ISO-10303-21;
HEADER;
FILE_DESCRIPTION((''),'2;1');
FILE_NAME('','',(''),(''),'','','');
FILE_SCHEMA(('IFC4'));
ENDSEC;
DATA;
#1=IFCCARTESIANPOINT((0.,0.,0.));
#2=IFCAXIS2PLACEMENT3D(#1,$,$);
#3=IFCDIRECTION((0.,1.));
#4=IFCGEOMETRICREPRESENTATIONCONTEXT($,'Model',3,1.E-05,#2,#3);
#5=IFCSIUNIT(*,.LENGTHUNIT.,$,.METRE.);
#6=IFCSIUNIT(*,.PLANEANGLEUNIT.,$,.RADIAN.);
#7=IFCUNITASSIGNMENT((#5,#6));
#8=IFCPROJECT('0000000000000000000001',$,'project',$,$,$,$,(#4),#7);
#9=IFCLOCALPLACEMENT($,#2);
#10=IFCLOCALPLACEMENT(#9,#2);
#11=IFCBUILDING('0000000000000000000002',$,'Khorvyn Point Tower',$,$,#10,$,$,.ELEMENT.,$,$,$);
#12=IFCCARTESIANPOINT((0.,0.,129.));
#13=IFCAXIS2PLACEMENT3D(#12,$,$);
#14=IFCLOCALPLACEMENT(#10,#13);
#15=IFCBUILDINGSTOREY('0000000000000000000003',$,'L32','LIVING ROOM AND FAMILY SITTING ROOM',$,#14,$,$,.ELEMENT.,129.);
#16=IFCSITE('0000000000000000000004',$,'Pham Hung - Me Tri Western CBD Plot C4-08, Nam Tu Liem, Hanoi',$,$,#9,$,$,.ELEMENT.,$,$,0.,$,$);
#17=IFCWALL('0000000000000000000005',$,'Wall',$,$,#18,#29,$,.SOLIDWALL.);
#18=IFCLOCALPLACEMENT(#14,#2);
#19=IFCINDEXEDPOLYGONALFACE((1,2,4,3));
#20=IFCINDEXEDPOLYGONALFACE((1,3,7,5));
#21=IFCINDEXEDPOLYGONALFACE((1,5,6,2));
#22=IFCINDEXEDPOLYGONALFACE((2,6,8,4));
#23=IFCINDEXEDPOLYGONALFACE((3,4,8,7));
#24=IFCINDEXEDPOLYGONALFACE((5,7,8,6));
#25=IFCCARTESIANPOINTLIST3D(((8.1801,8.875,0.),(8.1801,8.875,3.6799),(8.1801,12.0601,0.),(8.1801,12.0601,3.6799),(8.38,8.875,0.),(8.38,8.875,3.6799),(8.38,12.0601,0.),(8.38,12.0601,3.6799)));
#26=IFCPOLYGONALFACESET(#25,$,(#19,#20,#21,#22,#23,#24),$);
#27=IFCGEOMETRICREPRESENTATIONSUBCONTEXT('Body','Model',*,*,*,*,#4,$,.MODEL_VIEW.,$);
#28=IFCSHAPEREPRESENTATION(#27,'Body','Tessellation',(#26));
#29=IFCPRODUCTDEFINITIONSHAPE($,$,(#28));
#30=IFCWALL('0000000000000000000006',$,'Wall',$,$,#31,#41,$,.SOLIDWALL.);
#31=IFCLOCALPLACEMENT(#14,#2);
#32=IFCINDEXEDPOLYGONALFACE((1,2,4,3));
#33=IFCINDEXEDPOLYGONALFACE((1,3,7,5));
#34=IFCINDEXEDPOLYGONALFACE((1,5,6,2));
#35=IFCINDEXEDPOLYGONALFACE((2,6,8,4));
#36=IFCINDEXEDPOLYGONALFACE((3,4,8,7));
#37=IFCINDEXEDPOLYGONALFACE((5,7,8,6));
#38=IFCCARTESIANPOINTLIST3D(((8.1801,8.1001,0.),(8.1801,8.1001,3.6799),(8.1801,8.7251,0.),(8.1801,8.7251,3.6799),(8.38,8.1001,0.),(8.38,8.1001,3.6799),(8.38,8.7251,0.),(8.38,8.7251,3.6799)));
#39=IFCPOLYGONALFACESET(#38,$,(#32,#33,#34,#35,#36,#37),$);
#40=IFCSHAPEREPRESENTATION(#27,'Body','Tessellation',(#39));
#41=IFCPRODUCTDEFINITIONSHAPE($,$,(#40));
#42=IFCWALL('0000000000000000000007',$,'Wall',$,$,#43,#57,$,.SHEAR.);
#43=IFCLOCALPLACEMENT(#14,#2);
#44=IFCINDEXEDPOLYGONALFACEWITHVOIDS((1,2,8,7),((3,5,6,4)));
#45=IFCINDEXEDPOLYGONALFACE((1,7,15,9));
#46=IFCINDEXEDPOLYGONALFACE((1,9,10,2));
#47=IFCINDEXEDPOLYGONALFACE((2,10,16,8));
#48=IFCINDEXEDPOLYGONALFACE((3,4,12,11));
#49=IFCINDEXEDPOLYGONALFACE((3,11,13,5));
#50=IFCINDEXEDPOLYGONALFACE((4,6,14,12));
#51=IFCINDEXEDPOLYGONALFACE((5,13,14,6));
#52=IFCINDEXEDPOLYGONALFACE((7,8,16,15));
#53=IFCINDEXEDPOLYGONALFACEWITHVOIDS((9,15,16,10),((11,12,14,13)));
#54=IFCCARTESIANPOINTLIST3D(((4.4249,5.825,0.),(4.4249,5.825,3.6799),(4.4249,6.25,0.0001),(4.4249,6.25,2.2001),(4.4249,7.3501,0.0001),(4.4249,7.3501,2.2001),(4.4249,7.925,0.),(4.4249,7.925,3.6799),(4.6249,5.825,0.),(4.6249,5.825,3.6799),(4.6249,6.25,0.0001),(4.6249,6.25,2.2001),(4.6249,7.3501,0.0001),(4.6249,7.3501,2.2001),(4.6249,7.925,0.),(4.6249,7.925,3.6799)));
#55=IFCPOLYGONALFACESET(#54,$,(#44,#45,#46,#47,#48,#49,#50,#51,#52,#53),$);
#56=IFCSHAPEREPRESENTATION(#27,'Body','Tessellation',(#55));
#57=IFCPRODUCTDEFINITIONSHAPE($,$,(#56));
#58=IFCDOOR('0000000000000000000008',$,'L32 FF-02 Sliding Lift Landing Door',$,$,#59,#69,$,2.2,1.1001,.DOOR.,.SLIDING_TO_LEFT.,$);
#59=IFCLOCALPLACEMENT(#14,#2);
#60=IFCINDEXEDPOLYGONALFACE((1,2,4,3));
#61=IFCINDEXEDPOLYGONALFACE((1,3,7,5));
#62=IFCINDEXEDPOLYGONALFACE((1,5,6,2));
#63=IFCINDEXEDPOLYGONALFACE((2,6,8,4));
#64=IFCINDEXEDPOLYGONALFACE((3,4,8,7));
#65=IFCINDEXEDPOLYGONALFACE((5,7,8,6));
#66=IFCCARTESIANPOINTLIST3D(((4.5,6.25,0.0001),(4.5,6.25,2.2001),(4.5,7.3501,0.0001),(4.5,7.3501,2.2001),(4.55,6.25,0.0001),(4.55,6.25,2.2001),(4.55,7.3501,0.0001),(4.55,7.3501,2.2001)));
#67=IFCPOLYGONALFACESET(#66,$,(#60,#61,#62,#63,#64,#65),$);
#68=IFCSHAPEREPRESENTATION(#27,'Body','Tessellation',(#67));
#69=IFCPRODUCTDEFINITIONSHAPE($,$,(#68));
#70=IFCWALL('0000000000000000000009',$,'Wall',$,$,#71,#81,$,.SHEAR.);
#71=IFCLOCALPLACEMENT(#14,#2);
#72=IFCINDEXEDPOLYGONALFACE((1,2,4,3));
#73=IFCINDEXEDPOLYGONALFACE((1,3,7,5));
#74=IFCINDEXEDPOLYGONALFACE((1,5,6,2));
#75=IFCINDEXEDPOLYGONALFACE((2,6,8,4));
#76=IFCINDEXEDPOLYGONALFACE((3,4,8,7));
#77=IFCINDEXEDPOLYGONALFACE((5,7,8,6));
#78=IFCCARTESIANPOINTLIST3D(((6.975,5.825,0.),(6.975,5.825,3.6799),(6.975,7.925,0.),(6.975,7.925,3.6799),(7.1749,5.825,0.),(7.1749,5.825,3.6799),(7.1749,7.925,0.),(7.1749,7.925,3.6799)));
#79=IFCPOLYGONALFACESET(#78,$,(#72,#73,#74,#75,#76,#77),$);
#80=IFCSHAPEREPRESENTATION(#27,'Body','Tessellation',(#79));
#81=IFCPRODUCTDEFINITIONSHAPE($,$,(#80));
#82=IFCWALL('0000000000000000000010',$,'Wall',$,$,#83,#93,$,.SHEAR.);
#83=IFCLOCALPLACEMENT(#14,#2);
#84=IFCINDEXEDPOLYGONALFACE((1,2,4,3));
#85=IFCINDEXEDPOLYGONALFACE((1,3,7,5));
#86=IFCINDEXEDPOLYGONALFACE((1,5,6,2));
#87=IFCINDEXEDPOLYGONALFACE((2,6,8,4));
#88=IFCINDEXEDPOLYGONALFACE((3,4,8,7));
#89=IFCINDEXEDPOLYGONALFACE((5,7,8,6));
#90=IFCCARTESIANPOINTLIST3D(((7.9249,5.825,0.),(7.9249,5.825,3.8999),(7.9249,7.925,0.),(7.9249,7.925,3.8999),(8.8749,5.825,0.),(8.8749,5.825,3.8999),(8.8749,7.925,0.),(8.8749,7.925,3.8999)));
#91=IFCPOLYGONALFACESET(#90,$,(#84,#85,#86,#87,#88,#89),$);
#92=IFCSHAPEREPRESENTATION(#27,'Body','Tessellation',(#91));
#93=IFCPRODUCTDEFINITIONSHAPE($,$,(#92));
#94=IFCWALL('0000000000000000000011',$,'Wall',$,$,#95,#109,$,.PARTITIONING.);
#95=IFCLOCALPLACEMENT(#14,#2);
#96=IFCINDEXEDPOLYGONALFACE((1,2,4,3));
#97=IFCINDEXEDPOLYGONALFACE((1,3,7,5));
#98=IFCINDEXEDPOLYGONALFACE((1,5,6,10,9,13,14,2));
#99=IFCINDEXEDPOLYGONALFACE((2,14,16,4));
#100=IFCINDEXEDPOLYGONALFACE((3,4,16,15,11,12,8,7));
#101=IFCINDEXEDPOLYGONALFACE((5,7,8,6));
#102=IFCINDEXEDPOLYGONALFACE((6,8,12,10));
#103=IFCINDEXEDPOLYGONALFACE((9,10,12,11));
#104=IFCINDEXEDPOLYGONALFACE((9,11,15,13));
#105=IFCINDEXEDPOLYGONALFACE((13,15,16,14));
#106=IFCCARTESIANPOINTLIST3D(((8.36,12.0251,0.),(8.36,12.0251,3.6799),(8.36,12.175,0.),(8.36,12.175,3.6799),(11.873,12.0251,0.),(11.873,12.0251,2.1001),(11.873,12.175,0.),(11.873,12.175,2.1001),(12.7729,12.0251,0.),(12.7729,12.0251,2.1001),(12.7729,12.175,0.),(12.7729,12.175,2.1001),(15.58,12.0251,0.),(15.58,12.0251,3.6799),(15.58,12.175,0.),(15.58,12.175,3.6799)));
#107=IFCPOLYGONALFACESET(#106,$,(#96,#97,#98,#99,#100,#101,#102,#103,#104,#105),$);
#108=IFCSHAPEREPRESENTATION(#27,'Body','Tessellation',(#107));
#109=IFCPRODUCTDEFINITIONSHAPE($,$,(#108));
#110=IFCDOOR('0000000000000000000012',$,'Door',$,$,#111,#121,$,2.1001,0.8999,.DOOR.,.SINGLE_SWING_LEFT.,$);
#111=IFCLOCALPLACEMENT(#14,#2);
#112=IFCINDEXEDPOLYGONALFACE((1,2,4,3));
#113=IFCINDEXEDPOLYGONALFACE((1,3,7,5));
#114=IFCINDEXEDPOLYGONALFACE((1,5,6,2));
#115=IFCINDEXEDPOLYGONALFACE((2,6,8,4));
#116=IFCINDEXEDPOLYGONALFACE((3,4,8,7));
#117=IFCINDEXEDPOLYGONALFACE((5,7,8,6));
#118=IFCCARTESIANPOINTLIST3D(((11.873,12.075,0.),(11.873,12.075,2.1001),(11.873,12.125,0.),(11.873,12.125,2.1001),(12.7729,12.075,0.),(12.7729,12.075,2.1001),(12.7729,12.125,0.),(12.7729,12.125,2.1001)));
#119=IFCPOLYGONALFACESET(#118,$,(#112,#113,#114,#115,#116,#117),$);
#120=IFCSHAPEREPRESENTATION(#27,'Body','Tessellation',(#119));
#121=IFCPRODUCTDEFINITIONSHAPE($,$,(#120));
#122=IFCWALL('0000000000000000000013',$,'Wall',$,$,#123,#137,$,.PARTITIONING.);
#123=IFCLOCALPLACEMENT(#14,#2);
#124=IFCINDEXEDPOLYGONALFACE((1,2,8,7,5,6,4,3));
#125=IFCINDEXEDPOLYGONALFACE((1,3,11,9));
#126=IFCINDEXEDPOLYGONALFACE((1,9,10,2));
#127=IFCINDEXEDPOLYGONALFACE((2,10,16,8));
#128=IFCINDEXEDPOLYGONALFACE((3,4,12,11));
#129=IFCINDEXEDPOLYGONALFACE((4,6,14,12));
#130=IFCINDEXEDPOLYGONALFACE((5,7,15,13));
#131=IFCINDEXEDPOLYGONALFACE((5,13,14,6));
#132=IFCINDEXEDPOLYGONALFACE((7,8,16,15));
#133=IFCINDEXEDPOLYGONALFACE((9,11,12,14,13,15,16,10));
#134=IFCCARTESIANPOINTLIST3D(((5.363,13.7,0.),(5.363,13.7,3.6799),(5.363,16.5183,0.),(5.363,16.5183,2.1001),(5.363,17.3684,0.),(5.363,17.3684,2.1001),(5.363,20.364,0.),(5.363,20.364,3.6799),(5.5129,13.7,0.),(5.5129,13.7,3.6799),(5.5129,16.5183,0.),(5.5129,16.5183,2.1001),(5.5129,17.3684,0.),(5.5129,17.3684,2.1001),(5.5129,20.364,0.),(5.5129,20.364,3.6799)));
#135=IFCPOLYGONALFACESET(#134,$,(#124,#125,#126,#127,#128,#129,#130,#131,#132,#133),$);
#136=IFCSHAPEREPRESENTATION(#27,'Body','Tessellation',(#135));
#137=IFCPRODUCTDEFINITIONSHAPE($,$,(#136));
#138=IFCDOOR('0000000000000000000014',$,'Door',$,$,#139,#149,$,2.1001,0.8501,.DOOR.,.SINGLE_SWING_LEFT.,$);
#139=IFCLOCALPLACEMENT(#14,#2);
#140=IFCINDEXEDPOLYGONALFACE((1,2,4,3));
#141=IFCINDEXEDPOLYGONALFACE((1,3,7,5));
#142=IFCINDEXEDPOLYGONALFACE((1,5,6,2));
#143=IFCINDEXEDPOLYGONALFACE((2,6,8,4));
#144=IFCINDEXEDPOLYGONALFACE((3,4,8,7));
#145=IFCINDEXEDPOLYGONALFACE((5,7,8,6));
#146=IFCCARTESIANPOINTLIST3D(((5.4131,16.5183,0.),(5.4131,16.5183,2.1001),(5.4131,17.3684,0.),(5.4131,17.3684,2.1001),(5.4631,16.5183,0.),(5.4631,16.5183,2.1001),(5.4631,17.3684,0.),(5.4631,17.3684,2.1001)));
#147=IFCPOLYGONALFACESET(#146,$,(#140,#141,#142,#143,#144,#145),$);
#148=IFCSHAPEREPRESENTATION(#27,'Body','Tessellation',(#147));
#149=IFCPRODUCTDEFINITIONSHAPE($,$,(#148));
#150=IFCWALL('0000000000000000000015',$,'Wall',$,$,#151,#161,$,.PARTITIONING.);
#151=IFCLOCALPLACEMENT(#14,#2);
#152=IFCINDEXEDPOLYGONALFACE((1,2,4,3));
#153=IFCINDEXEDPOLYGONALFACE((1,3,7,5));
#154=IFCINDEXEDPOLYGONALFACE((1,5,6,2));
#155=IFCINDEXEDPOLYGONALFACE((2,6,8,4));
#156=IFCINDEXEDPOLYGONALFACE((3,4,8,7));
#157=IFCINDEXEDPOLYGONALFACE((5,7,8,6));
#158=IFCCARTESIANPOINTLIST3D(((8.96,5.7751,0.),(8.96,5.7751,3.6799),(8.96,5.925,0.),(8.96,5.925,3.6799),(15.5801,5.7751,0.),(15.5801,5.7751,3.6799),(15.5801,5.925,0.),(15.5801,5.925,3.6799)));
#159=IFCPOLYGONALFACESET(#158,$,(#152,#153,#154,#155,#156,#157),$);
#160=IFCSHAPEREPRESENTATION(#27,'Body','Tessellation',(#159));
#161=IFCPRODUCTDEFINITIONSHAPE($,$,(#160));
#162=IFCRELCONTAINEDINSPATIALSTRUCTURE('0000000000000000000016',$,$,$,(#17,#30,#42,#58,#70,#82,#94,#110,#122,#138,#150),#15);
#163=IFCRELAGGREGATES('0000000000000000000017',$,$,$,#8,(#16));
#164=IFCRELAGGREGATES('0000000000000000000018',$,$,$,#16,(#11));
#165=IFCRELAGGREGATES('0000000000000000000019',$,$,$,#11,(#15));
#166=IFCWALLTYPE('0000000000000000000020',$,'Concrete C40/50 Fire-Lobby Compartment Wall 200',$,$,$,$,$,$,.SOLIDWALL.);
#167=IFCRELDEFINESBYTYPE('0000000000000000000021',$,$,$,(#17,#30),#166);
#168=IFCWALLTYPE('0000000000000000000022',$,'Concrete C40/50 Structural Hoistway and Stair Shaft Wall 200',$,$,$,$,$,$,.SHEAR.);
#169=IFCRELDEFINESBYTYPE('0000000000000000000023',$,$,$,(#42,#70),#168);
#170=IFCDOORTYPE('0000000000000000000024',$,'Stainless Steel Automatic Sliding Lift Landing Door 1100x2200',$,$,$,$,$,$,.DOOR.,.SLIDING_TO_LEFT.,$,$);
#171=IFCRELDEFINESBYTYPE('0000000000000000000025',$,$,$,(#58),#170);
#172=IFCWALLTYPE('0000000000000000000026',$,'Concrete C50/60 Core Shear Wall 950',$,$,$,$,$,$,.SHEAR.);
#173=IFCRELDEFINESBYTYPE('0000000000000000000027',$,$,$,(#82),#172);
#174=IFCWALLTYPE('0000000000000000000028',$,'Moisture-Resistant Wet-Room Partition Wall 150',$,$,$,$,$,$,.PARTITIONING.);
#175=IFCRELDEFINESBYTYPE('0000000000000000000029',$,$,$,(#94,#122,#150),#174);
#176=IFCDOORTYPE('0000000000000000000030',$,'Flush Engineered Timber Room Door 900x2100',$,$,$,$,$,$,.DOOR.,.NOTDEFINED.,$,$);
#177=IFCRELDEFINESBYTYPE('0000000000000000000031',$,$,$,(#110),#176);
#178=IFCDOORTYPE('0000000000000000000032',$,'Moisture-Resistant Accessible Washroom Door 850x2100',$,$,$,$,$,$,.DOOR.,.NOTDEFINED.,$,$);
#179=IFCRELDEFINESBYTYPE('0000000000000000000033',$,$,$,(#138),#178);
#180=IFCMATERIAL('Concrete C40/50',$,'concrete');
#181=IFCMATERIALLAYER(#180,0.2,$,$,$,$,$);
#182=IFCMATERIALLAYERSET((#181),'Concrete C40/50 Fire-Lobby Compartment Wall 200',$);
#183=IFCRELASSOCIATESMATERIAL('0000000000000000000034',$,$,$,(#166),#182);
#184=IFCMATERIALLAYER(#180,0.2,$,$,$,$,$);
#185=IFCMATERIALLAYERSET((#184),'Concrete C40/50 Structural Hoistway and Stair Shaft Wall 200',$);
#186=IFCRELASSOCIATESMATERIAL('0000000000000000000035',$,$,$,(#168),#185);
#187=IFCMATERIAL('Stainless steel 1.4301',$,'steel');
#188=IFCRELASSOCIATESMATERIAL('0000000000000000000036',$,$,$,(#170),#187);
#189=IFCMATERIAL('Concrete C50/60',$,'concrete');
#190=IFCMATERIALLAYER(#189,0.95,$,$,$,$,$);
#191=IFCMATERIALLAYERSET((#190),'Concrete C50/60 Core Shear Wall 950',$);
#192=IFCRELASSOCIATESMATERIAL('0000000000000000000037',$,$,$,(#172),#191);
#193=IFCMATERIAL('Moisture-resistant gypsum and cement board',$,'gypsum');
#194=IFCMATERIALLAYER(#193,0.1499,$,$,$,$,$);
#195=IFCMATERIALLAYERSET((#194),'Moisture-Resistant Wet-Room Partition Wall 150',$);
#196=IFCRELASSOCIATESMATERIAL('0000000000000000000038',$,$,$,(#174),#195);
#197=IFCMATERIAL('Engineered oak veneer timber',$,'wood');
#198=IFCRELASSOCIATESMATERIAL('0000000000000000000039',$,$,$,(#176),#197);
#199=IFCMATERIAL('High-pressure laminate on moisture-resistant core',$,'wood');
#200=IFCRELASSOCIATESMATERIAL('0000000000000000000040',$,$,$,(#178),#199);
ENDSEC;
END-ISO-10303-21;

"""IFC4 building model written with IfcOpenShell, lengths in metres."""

from ifc_helpers import new_model, si_unit, direction, frame, frame_2d, origin, place, context, subcontext, project, spatial, rectangle, extrude, material, layer, layer_set, type_object, element, fill, save


model = new_model("IFC4")

# Units and contexts
model_context = context("Model", 3, precision=1e-05, world=origin(), true_north=direction((0.0, 1.0)))
body_context = subcontext(model_context, "Body", "Model", "MODEL_VIEW")
ifc_project = project(units=[si_unit("LENGTHUNIT", "METRE"), si_unit("PLANEANGLEUNIT", "RADIAN")], contexts=[model_context])

# Site, building, storey
site_placement = place(None, origin())
site = spatial("IfcSite", under=ifc_project, at=site_placement, Name="Pham Hung - Me Tri Western CBD Plot C4-08, Nam Tu Liem, Hanoi", CompositionType="ELEMENT", RefElevation=0.0)
building_placement = place(site_placement, origin())
building = spatial("IfcBuilding", under=site, at=building_placement, Name="Khorvyn Point Tower", CompositionType="ELEMENT")
storey_placement = place(building_placement, frame((0.0, 0.0, 129.0)))
storey = spatial("IfcBuildingStorey", under=building, at=storey_placement, Name="L32", Description="LIVING ROOM AND FAMILY SITTING ROOM", CompositionType="ELEMENT", Elevation=129.0)

# Shared definitions
ifc_material_1 = material(Name="Concrete C40/50", Category="concrete")
ifc_material_2 = material(Name="Concrete C50/60", Category="concrete")

# Shared definitions
ifc_layer_1 = layer(ifc_material_1, 0.2)
ifc_layer_set_1 = layer_set([ifc_layer_1], Name="Concrete C40/50 Fire-Lobby Compartment Wall 200")
wall_type_1 = type_object("IfcWallType", Name="Concrete C40/50 Fire-Lobby Compartment Wall 200", PredefinedType="SOLIDWALL", material=ifc_layer_set_1)

# Walls
wall_1_placement = place(storey_placement, frame((8.28, 8.875, 0.0), z_axis=(0.0, 0.0, 1.0), x_axis=(0.0, 1.0, 0.0)))
element("IfcWall", 1, at=wall_1_placement, inside=storey, type_object=wall_type_1, Name="Wall", PredefinedType="SOLIDWALL", context=body_context, shape_type="SweptSolid", body=[
    extrude(rectangle(XDim=3.1851, YDim=0.2, at=frame_2d((1.5925, 0.0))), origin(), (0.0, 0.0, 1.0), 3.6799),
])
wall_2_placement = place(storey_placement, frame((8.28, 8.1001, 0.0), z_axis=(0.0, 0.0, 1.0), x_axis=(0.0, 1.0, 0.0)))
element("IfcWall", 2, at=wall_2_placement, inside=storey, type_object=wall_type_1, Name="Wall", PredefinedType="SOLIDWALL", context=body_context, shape_type="SweptSolid", body=[
    extrude(rectangle(XDim=0.625, YDim=0.2, at=frame_2d((0.3125, 0.0))), origin(), (0.0, 0.0, 1.0), 3.6799),
])

# Wall, opening, door
ifc_layer_2 = layer(ifc_material_1, 0.2)
ifc_layer_set_2 = layer_set([ifc_layer_2], Name="Concrete C40/50 Structural Hoistway and Stair Shaft Wall 200")
wall_type_2 = type_object("IfcWallType", Name="Concrete C40/50 Structural Hoistway and Stair Shaft Wall 200", PredefinedType="SHEAR", material=ifc_layer_set_2)
wall_3_placement = place(storey_placement, frame((4.5249, 5.825, 0.0), z_axis=(0.0, 0.0, 1.0), x_axis=(0.0, 1.0, 0.0)))
wall_3 = element("IfcWall", 3, at=wall_3_placement, inside=storey, type_object=wall_type_2, Name="Wall", PredefinedType="SHEAR", context=body_context, shape_type="SweptSolid", body=[
    extrude(rectangle(XDim=2.1001, YDim=0.2, at=frame_2d((1.05, 0.0))), origin(), (0.0, 0.0, 1.0), 3.6799),
])
opening_1_placement = place(wall_3_placement, frame((0.425, 0.0, 0.0)))
opening_1 = element("IfcOpeningElement", 4, at=opening_1_placement, cuts=wall_3, PredefinedType="OPENING", context=body_context, shape_type="SweptSolid", body=[
    extrude(rectangle(XDim=1.1001, YDim=2.2, at=frame_2d((0.55, 1.1001))), frame((0.0, 0.1099, 0.0), z_axis=(0.0, -1.0, 0.0), x_axis=(1.0, 0.0, 0.0)), (0.0, 0.0, 1.0), 0.22),
])
ifc_material_3 = material(Name="Stainless steel 1.4301", Category="steel")
door_type_1 = type_object("IfcDoorType", Name="Stainless Steel Automatic Sliding Lift Landing Door 1100x2200", OperationType="SLIDING_TO_LEFT", PredefinedType="DOOR", material=ifc_material_3)
door_1_placement = place(opening_1_placement, origin())
door_1 = element("IfcDoor", 5, at=door_1_placement, inside=storey, type_object=door_type_1, Name="L32 FF-02 Sliding Lift Landing Door", OperationType="SLIDING_TO_LEFT", OverallHeight=2.2, OverallWidth=1.1001, PredefinedType="DOOR", context=body_context, shape_type="SweptSolid", body=[
    extrude(rectangle(XDim=1.1001, YDim=2.2, at=frame_2d((0.55, 1.1001))), frame((0.0, 0.0249, 0.0), z_axis=(0.0, -1.0, 0.0), x_axis=(1.0, 0.0, 0.0)), (0.0, 0.0, 1.0), 0.05),
])
fill(opening_1, door_1)

# Walls
wall_4_placement = place(storey_placement, frame((7.075, 5.825, 0.0), z_axis=(0.0, 0.0, 1.0), x_axis=(0.0, 1.0, 0.0)))
element("IfcWall", 6, at=wall_4_placement, inside=storey, type_object=wall_type_2, Name="Wall", PredefinedType="SHEAR", context=body_context, shape_type="SweptSolid", body=[
    extrude(rectangle(XDim=2.1001, YDim=0.2, at=frame_2d((1.05, 0.0))), origin(), (0.0, 0.0, 1.0), 3.6799),
])
ifc_layer_3 = layer(ifc_material_2, 0.95)
ifc_layer_set_3 = layer_set([ifc_layer_3], Name="Concrete C50/60 Core Shear Wall 950")
wall_type_3 = type_object("IfcWallType", Name="Concrete C50/60 Core Shear Wall 950", PredefinedType="SHEAR", material=ifc_layer_set_3)
wall_5_placement = place(storey_placement, frame((8.3999, 5.825, 0.0), z_axis=(0.0, 0.0, 1.0), x_axis=(0.0, 1.0, 0.0)))
element("IfcWall", 7, at=wall_5_placement, inside=storey, type_object=wall_type_3, Name="Wall", PredefinedType="SHEAR", context=body_context, shape_type="SweptSolid", body=[
    extrude(rectangle(XDim=2.1001, YDim=0.95, at=frame_2d((1.05, 0.0))), origin(), (0.0, 0.0, 1.0), 3.8999),
])

# Walls, openings, doors
ifc_material_4 = material(Name="Moisture-resistant gypsum and cement board", Category="gypsum")
ifc_layer_4 = layer(ifc_material_4, 0.1499)
ifc_layer_set_4 = layer_set([ifc_layer_4], Name="Moisture-Resistant Wet-Room Partition Wall 150")
wall_type_4 = type_object("IfcWallType", Name="Moisture-Resistant Wet-Room Partition Wall 150", PredefinedType="PARTITIONING", material=ifc_layer_set_4)
wall_6_placement = place(storey_placement, frame((8.3601, 12.1001, 0.0), z_axis=(0.0, 0.0, 1.0), x_axis=(1.0, 0.0, 0.0)))
wall_6 = element("IfcWall", 8, at=wall_6_placement, inside=storey, type_object=wall_type_4, Name="Wall", PredefinedType="PARTITIONING", context=body_context, shape_type="SweptSolid", body=[
    extrude(rectangle(XDim=7.22, YDim=0.1499, at=frame_2d((3.6099, 0.0))), origin(), (0.0, 0.0, 1.0), 3.6799),
])
opening_2_placement = place(wall_6_placement, frame((3.5129, 0.0, 0.0)))
opening_2 = element("IfcOpeningElement", 9, at=opening_2_placement, cuts=wall_6, PredefinedType="OPENING", context=body_context, shape_type="SweptSolid", body=[
    extrude(rectangle(XDim=0.8999, YDim=2.1001, at=frame_2d((0.45, 1.05))), frame((0.0, 0.085, 0.0), z_axis=(0.0, -1.0, 0.0), x_axis=(1.0, 0.0, 0.0)), (0.0, 0.0, 1.0), 0.1699),
])
ifc_material_5 = material(Name="Engineered oak veneer timber", Category="wood")
door_type_2 = type_object("IfcDoorType", Name="Flush Engineered Timber Room Door 900x2100", OperationType="NOTDEFINED", PredefinedType="DOOR", material=ifc_material_5)
door_2_placement = place(opening_2_placement, origin())
door_2 = element("IfcDoor", 10, at=door_2_placement, inside=storey, type_object=door_type_2, Name="Door", OperationType="SINGLE_SWING_LEFT", OverallHeight=2.1001, OverallWidth=0.8999, PredefinedType="DOOR", context=body_context, shape_type="SweptSolid", body=[
    extrude(rectangle(XDim=0.8999, YDim=2.1001, at=frame_2d((0.45, 1.05))), frame((0.0, 0.0249, 0.0), z_axis=(0.0, -1.0, 0.0), x_axis=(1.0, 0.0, 0.0)), (0.0, 0.0, 1.0), 0.05),
])
fill(opening_2, door_2)
wall_7_placement = place(storey_placement, frame((5.438, 13.7, 0.0), z_axis=(0.0, 0.0, 1.0), x_axis=(0.0, 1.0, 0.0)))
wall_7 = element("IfcWall", 11, at=wall_7_placement, inside=storey, type_object=wall_type_4, Name="Wall", PredefinedType="PARTITIONING", context=body_context, shape_type="SweptSolid", body=[
    extrude(rectangle(XDim=6.6641, YDim=0.1499, at=frame_2d((3.332, 0.0))), origin(), (0.0, 0.0, 1.0), 3.6799),
])
opening_3_placement = place(wall_7_placement, frame((2.8184, 0.0, 0.0)))
opening_3 = element("IfcOpeningElement", 12, at=opening_3_placement, cuts=wall_7, PredefinedType="OPENING", context=body_context, shape_type="SweptSolid", body=[
    extrude(rectangle(XDim=0.8501, YDim=2.1001, at=frame_2d((0.425, 1.05))), frame((0.0, 0.085, 0.0), z_axis=(0.0, -1.0, 0.0), x_axis=(1.0, 0.0, 0.0)), (0.0, 0.0, 1.0), 0.1699),
])
ifc_material_6 = material(Name="High-pressure laminate on moisture-resistant core", Category="wood")
door_type_3 = type_object("IfcDoorType", Name="Moisture-Resistant Accessible Washroom Door 850x2100", OperationType="NOTDEFINED", PredefinedType="DOOR", material=ifc_material_6)
door_3_placement = place(opening_3_placement, origin())
door_3 = element("IfcDoor", 13, at=door_3_placement, inside=storey, type_object=door_type_3, Name="Door", OperationType="SINGLE_SWING_LEFT", OverallHeight=2.1001, OverallWidth=0.8501, PredefinedType="DOOR", context=body_context, shape_type="SweptSolid", body=[
    extrude(rectangle(XDim=0.8501, YDim=2.1001, at=frame_2d((0.425, 1.05))), frame((0.0, 0.0249, 0.0), z_axis=(0.0, -1.0, 0.0), x_axis=(1.0, 0.0, 0.0)), (0.0, 0.0, 1.0), 0.05),
])
fill(opening_3, door_3)

# Wall
wall_8_placement = place(storey_placement, frame((8.96, 5.8501, 0.0), z_axis=(0.0, 0.0, 1.0), x_axis=(1.0, 0.0, 0.0)))
element("IfcWall", 14, at=wall_8_placement, inside=storey, type_object=wall_type_4, Name="Wall", PredefinedType="PARTITIONING", context=body_context, shape_type="SweptSolid", body=[
    extrude(rectangle(XDim=6.6201, YDim=0.1499, at=frame_2d((3.3101, 0.0))), origin(), (0.0, 0.0, 1.0), 3.6799),
])

save(model, "model.ifc")
